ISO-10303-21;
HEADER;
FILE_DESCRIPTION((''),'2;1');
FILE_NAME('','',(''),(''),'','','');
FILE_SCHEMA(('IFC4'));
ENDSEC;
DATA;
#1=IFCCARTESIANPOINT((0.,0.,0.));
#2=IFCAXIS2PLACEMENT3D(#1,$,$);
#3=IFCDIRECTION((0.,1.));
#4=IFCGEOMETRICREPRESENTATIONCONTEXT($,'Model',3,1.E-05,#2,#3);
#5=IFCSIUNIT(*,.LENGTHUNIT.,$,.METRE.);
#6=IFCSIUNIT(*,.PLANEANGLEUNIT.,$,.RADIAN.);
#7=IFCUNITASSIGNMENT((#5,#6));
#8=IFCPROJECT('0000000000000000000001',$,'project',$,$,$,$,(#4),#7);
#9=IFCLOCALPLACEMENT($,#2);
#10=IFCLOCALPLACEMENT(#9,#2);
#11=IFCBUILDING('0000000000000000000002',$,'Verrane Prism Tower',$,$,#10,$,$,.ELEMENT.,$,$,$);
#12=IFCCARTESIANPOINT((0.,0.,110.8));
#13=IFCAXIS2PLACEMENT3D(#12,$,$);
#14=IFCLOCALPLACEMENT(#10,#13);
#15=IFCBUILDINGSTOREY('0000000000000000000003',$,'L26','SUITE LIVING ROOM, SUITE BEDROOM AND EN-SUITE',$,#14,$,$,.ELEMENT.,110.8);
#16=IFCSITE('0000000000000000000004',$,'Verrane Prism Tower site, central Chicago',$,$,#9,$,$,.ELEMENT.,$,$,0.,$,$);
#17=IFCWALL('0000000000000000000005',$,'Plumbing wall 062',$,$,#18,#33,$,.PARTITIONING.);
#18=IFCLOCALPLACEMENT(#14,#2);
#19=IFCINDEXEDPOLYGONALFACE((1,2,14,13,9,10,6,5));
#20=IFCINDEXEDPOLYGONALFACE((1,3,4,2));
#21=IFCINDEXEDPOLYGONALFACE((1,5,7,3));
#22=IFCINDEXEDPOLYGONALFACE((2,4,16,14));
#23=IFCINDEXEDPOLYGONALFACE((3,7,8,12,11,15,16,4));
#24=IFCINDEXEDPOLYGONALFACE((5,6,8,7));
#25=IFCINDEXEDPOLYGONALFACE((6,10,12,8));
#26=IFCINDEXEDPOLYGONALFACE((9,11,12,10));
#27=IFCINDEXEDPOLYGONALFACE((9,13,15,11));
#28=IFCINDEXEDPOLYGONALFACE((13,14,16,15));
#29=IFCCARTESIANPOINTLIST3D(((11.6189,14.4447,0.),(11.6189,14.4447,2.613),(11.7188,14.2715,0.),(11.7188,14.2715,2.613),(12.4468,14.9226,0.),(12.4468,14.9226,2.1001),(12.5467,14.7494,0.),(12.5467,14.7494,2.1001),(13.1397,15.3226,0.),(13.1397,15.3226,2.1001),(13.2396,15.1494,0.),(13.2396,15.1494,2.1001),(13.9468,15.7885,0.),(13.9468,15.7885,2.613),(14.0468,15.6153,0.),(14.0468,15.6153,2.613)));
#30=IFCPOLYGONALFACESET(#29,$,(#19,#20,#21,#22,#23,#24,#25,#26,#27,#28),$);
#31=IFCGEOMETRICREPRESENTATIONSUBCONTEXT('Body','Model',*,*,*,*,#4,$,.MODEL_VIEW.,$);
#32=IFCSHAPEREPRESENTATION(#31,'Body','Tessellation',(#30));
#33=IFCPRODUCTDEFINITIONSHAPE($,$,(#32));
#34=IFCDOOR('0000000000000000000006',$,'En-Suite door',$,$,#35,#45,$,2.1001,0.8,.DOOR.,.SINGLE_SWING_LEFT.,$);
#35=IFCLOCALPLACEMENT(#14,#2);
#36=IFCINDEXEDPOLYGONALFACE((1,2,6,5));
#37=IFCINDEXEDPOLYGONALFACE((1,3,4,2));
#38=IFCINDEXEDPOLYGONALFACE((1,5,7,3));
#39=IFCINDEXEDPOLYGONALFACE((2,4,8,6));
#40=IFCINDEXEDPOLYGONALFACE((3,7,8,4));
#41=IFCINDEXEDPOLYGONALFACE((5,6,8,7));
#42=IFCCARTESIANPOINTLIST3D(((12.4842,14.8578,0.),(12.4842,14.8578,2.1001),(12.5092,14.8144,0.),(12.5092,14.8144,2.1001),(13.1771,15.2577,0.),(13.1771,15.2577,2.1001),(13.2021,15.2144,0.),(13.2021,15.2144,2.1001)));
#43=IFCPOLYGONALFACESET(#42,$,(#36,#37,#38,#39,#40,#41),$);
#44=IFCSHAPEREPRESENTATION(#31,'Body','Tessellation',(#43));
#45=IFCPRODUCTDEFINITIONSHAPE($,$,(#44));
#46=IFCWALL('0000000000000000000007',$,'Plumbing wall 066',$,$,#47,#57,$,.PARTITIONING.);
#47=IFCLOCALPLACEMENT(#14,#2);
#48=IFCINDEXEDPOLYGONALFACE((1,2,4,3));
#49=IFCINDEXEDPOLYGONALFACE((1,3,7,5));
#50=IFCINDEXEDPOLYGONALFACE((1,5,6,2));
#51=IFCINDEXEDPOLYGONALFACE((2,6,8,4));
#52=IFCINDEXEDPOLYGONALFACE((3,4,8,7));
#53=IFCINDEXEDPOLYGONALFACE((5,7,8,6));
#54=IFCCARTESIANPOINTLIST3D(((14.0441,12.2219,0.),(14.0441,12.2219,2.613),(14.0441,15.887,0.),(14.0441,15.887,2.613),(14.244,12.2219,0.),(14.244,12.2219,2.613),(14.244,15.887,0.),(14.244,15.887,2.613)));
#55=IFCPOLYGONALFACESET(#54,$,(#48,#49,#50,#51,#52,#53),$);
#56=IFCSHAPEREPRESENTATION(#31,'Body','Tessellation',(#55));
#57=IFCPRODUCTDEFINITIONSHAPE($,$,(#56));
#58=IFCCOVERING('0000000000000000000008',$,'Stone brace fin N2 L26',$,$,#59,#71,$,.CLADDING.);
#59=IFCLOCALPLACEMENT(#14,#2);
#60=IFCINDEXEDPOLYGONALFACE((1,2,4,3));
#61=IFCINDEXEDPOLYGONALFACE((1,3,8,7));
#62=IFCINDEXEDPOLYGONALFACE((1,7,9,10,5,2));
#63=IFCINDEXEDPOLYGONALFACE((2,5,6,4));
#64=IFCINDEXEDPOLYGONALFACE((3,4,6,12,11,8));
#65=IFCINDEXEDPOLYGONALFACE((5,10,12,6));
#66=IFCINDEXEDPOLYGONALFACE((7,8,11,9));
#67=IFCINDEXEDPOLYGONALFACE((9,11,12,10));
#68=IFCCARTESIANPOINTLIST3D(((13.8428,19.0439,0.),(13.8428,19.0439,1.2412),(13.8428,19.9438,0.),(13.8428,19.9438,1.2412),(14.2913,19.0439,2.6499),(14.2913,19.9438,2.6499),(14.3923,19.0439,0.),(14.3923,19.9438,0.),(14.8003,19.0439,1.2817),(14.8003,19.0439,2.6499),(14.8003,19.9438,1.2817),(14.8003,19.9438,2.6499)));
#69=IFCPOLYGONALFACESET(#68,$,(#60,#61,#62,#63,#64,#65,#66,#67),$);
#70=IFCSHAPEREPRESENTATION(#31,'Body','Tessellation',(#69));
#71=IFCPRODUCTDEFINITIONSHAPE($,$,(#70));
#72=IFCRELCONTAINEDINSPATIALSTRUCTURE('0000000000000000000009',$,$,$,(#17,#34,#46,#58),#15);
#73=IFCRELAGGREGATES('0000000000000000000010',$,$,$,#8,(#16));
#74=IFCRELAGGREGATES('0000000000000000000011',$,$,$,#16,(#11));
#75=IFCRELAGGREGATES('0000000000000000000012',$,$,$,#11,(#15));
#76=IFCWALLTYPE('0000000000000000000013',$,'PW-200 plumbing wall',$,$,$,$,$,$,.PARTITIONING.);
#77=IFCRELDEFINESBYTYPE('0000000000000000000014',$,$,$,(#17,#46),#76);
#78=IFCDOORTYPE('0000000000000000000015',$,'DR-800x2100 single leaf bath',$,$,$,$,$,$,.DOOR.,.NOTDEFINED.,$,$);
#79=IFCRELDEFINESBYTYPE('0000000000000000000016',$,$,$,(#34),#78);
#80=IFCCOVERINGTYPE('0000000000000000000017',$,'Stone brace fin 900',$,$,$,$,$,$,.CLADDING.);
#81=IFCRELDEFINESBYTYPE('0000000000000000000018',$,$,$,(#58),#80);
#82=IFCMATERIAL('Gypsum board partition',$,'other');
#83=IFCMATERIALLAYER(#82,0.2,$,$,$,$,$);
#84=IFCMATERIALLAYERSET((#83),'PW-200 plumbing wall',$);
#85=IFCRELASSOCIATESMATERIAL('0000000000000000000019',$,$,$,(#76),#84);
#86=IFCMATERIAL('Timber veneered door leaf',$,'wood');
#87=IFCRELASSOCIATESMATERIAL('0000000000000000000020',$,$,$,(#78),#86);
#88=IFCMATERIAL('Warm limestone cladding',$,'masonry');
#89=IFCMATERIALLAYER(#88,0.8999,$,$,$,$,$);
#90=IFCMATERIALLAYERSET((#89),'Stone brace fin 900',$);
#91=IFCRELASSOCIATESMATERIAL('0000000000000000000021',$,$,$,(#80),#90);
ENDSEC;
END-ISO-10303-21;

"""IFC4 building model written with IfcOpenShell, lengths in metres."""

from ifc_helpers import new_model, si_unit, direction, frame, frame_2d, origin, place, context, subcontext, project, spatial, polyline, rectangle, outline, extrude, material, layer, layer_set, type_object, element, fill, save


model = new_model("IFC4")

# Units and contexts
model_context = context("Model", 3, precision=1e-05, world=origin(), true_north=direction((0.0, 1.0)))
body_context = subcontext(model_context, "Body", "Model", "MODEL_VIEW")
ifc_project = project(units=[si_unit("LENGTHUNIT", "METRE"), si_unit("PLANEANGLEUNIT", "RADIAN")], contexts=[model_context])

# Site, building, storey
site_placement = place(None, origin())
site = spatial("IfcSite", under=ifc_project, at=site_placement, Name="Verrane Prism Tower site, central Chicago", CompositionType="ELEMENT", RefElevation=0.0)
building_placement = place(site_placement, origin())
building = spatial("IfcBuilding", under=site, at=building_placement, Name="Verrane Prism Tower", CompositionType="ELEMENT")
storey_placement = place(building_placement, frame((0.0, 0.0, 110.8)))
storey = spatial("IfcBuildingStorey", under=building, at=storey_placement, Name="L26", Description="SUITE LIVING ROOM, SUITE BEDROOM AND EN-SUITE", CompositionType="ELEMENT", Elevation=110.8)

# Shared definitions
ifc_material_1 = material(Name="Gypsum board partition", Category="other")
ifc_layer_1 = layer(ifc_material_1, 0.2)
ifc_layer_set_1 = layer_set([ifc_layer_1], Name="PW-200 plumbing wall")
wall_type_1 = type_object("IfcWallType", Name="PW-200 plumbing wall", PredefinedType="PARTITIONING", material=ifc_layer_set_1)
ifc_material_2 = material(Name="Timber veneered door leaf", Category="wood")
door_type_1 = type_object("IfcDoorType", Name="DR-800x2100 single leaf bath", OperationType="NOTDEFINED", PredefinedType="DOOR", material=ifc_material_2)

# Wall, opening, door
wall_1_placement = place(storey_placement, frame((13.9968, 15.7019, 0.0), z_axis=(0.0, 0.0, 1.0), x_axis=(-0.866066, -0.49993, 0.0)))
wall_1 = element("IfcWall", 1, at=wall_1_placement, inside=storey, type_object=wall_type_1, Name="Plumbing wall 062", PredefinedType="PARTITIONING", context=body_context, shape_type="SweptSolid", body=[
    extrude(rectangle(XDim=2.688, YDim=0.2, at=frame_2d((1.344, 0.0))), origin(), (0.0, 0.0, 1.0), 2.613),
])
opening_1_placement = place(wall_1_placement, frame((0.9321, 0.0, 0.0)))
opening_1 = element("IfcOpeningElement", 2, at=opening_1_placement, cuts=wall_1, PredefinedType="OPENING", context=body_context, shape_type="SweptSolid", body=[
    extrude(rectangle(XDim=0.8, YDim=2.1001, at=frame_2d((0.3999, 1.05))), frame((0.0, 0.1099, 0.0), z_axis=(0.0, -1.0, 0.0), x_axis=(1.0, 0.0, 0.0)), (0.0, 0.0, 1.0), 0.22),
])
door_1_placement = place(opening_1_placement, origin())
door_1 = element("IfcDoor", 3, at=door_1_placement, inside=storey, type_object=door_type_1, Name="En-Suite door", OperationType="SINGLE_SWING_LEFT", OverallHeight=2.1001, OverallWidth=0.8, PredefinedType="DOOR", context=body_context, shape_type="SweptSolid", body=[
    extrude(rectangle(XDim=0.8, YDim=2.1001, at=frame_2d((0.3999, 1.05))), frame((0.0, 0.0249, 0.0), z_axis=(0.0, -1.0, 0.0), x_axis=(1.0, 0.0, 0.0)), (0.0, 0.0, 1.0), 0.05),
])
fill(opening_1, door_1)

# Wall
wall_2_placement = place(storey_placement, frame((14.144, 12.2219, 0.0), z_axis=(0.0, 0.0, 1.0), x_axis=(0.0, 1.0, 0.0)))
element("IfcWall", 4, at=wall_2_placement, inside=storey, type_object=wall_type_1, Name="Plumbing wall 066", PredefinedType="PARTITIONING", context=body_context, shape_type="SweptSolid", body=[
    extrude(rectangle(XDim=3.665, YDim=0.2, at=frame_2d((1.8325, 0.0))), origin(), (0.0, 0.0, 1.0), 2.613),
])

# Covering
ifc_material_3 = material(Name="Warm limestone cladding", Category="masonry")
ifc_layer_2 = layer(ifc_material_3, 0.8999)
ifc_layer_set_2 = layer_set([ifc_layer_2], Name="Stone brace fin 900")
covering_type = type_object("IfcCoveringType", Name="Stone brace fin 900", PredefinedType="CLADDING", material=ifc_layer_set_2)
covering_placement = place(storey_placement, frame((13.8428, 19.4939, 0.0), z_axis=(0.0, 0.0, 1.0), x_axis=(1.0, 0.0, 0.0)))
element("IfcCovering", 5, at=covering_placement, inside=storey, type_object=covering_type, Name="Stone brace fin N2 L26", PredefinedType="CLADDING", context=body_context, shape_type="SweptSolid", body=[
    extrude(outline(polyline([(0.9575, 2.6499), (0.4485, 2.6499), (0.0, 1.2412), (0.0, 0.0), (0.5496, 0.0), (0.9575, 1.2817), (0.9575, 2.6499)])), frame((0.0, 0.45, 0.0), z_axis=(0.0, -1.0, 0.0), x_axis=(1.0, 0.0, 0.0)), (0.0, 0.0, 1.0), 0.8999),
])

save(model, "model.ifc")
